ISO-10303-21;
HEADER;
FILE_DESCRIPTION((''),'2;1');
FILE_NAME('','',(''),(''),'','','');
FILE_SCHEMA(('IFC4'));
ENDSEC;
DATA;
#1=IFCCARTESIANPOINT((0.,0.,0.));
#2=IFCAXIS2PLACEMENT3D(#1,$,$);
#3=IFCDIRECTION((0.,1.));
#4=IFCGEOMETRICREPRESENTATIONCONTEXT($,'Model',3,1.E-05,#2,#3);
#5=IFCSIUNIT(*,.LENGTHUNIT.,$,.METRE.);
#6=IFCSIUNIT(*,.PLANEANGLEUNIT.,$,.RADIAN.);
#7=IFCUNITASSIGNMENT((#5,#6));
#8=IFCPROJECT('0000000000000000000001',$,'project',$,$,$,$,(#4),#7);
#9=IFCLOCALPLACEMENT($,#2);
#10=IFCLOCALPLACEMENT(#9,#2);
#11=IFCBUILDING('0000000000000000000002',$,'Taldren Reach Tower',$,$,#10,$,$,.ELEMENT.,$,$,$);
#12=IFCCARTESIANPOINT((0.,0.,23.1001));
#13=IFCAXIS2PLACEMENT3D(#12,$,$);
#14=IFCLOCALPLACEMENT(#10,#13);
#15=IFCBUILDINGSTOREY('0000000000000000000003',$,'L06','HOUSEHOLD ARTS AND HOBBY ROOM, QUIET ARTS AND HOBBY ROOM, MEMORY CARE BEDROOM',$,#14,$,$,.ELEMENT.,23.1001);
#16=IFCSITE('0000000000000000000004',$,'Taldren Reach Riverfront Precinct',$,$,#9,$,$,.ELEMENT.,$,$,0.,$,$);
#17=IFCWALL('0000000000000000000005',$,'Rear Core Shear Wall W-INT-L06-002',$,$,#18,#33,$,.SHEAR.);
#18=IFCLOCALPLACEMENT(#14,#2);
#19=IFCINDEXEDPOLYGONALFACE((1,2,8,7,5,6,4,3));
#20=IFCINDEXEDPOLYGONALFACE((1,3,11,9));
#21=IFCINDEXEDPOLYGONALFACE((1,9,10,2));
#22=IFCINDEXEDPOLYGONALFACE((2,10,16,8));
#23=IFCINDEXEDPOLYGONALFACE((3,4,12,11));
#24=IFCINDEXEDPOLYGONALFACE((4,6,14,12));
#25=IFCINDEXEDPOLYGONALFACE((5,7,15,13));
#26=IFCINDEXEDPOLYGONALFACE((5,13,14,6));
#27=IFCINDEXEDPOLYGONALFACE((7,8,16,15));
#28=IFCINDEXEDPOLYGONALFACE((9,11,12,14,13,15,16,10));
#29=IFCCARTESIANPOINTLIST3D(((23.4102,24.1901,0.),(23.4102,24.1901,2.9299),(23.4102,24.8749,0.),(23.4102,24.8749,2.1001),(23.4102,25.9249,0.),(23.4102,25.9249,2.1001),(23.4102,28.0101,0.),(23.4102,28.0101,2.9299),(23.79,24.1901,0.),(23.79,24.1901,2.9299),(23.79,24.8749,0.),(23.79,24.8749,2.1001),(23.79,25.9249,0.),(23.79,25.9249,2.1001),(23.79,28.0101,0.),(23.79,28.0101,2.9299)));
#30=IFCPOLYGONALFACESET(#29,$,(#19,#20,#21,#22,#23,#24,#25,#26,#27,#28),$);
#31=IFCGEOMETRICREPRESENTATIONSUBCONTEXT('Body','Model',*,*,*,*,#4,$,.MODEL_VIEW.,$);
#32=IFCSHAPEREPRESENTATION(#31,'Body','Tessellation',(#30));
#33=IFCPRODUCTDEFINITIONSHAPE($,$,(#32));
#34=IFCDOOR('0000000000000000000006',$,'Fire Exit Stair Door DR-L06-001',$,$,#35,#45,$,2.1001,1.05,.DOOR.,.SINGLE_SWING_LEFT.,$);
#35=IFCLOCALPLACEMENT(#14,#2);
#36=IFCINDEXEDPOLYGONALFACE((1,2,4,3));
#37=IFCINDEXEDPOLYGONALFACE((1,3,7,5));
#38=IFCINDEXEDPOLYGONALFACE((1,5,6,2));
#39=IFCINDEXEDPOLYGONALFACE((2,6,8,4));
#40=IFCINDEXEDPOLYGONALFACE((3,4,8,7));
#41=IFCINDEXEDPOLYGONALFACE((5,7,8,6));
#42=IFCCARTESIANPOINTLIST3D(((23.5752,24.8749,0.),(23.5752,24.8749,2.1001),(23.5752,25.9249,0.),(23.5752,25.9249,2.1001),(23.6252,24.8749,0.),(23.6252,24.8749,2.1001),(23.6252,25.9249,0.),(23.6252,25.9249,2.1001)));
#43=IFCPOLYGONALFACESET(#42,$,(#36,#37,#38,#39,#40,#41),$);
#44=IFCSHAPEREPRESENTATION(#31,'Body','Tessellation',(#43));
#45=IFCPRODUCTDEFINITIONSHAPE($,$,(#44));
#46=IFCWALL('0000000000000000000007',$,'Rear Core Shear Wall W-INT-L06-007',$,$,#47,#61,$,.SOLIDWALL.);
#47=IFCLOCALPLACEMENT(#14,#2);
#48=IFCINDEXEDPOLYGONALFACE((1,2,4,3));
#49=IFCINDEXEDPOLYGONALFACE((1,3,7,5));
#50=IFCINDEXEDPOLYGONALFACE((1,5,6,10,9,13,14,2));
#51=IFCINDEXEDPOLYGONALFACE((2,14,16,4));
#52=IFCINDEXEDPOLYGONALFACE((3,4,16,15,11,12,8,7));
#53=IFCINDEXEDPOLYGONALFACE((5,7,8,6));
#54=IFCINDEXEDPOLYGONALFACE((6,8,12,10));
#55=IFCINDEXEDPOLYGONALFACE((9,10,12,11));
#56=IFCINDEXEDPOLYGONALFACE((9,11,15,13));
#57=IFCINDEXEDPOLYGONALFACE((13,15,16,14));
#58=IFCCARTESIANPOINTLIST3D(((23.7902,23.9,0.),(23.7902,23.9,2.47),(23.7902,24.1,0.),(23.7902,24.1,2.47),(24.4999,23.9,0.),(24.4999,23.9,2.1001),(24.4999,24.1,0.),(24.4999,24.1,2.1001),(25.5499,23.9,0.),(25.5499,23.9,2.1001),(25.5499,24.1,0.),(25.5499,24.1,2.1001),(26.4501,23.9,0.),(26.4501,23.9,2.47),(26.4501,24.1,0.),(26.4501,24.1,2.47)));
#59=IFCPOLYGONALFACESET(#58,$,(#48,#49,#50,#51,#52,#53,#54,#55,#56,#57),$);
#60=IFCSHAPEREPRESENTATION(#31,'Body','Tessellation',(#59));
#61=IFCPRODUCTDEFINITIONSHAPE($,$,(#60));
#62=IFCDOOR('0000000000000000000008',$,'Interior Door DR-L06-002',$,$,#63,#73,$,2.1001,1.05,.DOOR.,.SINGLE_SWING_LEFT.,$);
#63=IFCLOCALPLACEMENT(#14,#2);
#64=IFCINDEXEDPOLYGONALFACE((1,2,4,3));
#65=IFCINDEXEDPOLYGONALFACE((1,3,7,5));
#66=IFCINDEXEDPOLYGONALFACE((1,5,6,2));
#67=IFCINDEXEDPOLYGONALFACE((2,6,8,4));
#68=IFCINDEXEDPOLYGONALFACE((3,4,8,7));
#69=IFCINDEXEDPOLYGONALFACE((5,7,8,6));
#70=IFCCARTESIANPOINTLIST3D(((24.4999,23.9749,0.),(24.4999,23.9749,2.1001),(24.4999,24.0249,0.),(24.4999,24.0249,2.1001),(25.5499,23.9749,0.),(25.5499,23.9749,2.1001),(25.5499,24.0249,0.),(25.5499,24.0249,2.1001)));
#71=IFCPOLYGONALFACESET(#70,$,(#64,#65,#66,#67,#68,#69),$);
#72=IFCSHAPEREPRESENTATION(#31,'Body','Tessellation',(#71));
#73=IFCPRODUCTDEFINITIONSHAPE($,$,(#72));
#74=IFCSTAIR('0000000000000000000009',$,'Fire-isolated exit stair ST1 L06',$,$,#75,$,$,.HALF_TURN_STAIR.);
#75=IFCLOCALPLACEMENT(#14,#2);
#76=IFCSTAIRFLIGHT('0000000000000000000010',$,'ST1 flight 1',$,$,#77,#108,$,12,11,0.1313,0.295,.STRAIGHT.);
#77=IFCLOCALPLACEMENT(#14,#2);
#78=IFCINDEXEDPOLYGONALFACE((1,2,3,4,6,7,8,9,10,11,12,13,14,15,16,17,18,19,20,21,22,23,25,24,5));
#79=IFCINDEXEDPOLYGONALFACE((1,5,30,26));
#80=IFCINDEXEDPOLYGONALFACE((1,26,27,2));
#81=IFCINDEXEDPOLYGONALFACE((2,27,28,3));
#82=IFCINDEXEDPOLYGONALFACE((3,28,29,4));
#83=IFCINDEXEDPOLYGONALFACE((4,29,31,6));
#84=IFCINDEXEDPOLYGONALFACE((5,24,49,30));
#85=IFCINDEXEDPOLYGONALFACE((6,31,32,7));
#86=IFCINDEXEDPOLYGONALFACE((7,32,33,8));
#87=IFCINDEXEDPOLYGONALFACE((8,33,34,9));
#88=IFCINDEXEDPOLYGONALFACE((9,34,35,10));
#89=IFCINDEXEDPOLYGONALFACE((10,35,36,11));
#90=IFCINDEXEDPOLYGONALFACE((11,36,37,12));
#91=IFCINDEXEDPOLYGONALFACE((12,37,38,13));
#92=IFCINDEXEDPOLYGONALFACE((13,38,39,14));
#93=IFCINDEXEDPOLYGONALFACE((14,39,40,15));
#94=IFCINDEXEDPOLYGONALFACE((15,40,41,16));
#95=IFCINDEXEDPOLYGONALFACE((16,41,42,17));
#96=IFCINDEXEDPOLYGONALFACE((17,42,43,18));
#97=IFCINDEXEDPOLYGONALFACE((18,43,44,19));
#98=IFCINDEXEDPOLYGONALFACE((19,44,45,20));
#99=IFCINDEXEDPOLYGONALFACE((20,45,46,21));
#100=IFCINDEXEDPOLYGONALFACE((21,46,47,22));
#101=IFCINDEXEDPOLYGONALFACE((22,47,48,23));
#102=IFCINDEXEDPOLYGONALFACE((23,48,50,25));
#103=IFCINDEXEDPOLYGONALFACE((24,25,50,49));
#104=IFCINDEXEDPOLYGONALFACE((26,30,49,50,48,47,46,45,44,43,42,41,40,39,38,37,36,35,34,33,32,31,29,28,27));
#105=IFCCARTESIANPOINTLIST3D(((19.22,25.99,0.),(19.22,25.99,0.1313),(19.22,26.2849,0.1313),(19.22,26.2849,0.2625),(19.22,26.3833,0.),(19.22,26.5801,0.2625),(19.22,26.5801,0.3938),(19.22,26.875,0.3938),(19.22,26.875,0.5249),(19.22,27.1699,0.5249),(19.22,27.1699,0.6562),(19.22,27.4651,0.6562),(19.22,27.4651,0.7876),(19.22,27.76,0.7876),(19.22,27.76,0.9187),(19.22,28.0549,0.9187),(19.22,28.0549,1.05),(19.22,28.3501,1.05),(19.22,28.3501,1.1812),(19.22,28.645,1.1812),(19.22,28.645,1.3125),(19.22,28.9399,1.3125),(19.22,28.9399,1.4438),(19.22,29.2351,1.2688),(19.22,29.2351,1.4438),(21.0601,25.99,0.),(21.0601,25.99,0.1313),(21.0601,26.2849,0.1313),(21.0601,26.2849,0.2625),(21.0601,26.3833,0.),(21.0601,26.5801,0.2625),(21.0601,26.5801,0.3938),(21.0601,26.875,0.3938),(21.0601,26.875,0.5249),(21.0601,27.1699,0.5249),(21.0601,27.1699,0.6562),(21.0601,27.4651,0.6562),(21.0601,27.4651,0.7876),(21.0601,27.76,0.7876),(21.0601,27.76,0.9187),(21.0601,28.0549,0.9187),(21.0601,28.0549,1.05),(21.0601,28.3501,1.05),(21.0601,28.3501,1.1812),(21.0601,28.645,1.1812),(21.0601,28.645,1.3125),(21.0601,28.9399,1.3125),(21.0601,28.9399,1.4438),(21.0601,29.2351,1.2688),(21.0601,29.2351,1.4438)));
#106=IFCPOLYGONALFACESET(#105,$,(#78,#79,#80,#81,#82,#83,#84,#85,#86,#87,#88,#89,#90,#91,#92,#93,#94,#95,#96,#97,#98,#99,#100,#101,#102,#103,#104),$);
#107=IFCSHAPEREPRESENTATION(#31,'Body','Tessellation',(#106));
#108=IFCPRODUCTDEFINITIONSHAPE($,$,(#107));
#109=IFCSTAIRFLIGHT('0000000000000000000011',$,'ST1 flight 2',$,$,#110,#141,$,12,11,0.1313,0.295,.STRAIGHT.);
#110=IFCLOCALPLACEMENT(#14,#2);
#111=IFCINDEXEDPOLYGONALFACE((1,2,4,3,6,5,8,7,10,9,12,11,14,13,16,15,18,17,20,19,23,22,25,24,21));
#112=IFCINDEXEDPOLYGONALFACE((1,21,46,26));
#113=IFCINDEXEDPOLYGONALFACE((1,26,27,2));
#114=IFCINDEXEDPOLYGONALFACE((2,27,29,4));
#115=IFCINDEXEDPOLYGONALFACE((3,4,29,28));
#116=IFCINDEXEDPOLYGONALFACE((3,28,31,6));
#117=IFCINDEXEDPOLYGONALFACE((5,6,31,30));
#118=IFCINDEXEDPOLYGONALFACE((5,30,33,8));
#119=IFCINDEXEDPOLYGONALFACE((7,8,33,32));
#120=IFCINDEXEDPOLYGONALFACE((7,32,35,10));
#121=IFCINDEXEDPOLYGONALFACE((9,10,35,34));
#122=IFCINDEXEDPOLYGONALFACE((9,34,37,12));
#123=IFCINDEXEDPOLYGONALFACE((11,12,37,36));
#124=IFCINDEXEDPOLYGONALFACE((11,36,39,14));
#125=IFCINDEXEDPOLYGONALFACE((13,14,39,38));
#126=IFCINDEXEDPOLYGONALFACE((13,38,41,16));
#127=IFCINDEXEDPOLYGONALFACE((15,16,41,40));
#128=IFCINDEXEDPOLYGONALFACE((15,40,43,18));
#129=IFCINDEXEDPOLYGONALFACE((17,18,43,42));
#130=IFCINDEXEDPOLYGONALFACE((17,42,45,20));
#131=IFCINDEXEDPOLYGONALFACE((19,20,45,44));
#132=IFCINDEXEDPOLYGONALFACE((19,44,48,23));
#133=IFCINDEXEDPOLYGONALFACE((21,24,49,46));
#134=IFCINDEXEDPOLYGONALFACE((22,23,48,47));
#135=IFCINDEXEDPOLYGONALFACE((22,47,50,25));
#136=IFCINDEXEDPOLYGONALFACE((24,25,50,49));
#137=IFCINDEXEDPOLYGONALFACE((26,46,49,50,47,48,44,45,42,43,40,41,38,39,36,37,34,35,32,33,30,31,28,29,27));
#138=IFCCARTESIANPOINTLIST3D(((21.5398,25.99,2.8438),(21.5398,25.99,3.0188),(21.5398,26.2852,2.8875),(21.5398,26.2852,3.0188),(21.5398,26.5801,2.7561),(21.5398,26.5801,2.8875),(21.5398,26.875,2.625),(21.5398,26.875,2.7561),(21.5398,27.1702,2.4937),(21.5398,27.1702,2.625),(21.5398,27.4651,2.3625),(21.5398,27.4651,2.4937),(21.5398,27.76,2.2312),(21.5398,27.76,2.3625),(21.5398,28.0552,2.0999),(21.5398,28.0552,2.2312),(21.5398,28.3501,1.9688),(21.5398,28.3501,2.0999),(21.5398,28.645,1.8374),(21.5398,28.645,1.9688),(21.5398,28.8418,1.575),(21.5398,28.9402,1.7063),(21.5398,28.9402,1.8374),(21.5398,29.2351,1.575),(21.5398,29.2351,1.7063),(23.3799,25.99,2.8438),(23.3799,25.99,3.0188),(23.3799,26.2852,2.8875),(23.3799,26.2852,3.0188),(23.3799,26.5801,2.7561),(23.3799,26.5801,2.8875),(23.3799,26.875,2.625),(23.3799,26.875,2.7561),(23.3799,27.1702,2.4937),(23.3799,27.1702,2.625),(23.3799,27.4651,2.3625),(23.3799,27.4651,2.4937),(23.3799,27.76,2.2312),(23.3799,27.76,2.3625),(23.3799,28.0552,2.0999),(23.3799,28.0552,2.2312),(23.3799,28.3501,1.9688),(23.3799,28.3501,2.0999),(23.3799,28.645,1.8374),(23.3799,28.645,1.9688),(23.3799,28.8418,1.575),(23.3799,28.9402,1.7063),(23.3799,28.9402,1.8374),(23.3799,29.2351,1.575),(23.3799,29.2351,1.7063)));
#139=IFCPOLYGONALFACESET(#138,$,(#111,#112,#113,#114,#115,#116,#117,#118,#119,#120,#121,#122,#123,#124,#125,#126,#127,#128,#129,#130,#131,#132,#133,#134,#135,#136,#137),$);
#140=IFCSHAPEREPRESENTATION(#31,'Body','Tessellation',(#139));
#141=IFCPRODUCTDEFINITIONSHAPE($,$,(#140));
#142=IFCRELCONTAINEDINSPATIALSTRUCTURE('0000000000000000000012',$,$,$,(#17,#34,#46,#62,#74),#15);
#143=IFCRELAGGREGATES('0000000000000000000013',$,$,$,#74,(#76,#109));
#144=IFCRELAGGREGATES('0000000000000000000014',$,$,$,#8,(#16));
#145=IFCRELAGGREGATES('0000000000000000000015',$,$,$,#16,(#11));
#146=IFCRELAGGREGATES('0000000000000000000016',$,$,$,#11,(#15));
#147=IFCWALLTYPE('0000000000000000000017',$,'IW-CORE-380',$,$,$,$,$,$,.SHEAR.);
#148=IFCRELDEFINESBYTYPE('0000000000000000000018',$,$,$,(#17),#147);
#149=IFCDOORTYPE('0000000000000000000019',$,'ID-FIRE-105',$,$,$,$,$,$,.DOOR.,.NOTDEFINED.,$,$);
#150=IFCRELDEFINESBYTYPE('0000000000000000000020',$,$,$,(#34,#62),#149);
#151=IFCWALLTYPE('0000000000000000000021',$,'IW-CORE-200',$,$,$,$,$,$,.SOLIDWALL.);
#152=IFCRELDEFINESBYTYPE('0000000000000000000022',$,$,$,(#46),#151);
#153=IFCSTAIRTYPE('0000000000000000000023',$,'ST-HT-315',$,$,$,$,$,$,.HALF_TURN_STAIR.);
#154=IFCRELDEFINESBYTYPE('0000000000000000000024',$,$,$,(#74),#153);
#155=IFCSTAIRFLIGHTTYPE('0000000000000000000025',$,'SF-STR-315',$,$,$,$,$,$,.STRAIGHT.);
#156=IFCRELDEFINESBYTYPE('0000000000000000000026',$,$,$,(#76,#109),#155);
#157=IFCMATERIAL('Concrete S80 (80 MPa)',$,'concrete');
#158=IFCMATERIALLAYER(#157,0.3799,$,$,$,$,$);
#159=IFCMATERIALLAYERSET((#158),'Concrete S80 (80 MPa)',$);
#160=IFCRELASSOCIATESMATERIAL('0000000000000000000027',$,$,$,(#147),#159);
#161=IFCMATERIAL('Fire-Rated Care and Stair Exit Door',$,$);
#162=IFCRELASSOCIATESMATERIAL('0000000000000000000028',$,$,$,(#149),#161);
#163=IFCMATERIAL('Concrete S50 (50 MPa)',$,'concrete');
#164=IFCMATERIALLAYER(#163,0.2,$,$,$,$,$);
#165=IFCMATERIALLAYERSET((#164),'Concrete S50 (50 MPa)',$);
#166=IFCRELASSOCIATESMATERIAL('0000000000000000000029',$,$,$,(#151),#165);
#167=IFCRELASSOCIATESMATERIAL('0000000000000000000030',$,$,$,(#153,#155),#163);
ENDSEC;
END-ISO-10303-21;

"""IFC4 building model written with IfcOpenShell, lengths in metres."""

from ifc_helpers import new_model, si_unit, direction, frame, frame_2d, origin, place, context, subcontext, project, spatial, polyline, rectangle, outline, extrude, source, transform, mapped, material, layer, layer_set, type_object, element, fill, aggregate, save


model = new_model("IFC4")

# Units and contexts
model_context = context("Model", 3, precision=1e-05, world=origin(), true_north=direction((0.0, 1.0)))
body_context = subcontext(model_context, "Body", "Model", "MODEL_VIEW")
ifc_project = project(units=[si_unit("LENGTHUNIT", "METRE"), si_unit("PLANEANGLEUNIT", "RADIAN")], contexts=[model_context])

# Site, building, storey
site_placement = place(None, origin())
site = spatial("IfcSite", under=ifc_project, at=site_placement, Name="Taldren Reach Riverfront Precinct", CompositionType="ELEMENT", RefElevation=0.0)
building_placement = place(site_placement, origin())
building = spatial("IfcBuilding", under=site, at=building_placement, Name="Taldren Reach Tower", CompositionType="ELEMENT")
storey_placement = place(building_placement, frame((0.0, 0.0, 23.1001)))
storey = spatial("IfcBuildingStorey", under=building, at=storey_placement, Name="L06", Description="HOUSEHOLD ARTS AND HOBBY ROOM, QUIET ARTS AND HOBBY ROOM, MEMORY CARE BEDROOM", CompositionType="ELEMENT", Elevation=23.1001)

# Shared definitions
ifc_material_1 = material(Name="Concrete S80 (80 MPa)", Category="concrete")
ifc_layer_1 = layer(ifc_material_1, 0.3799)
ifc_layer_set_1 = layer_set([ifc_layer_1], Name="Concrete S80 (80 MPa)")
wall_type_1 = type_object("IfcWallType", Name="IW-CORE-380", PredefinedType="SHEAR", material=ifc_layer_set_1)

# Walls, openings, doors
shared_shape_1 = source(origin(), body_context, "Body", "SweptSolid", [
    extrude(rectangle(XDim=3.8201, YDim=0.3799, at=frame_2d((1.9102, 0.0))), origin(), (0.0, 0.0, 1.0), 2.9299),
])
wall_1_placement = place(storey_placement, frame((23.6001, 24.1899, 0.0), z_axis=(0.0, 0.0, 1.0), x_axis=(0.0, 1.0, 0.0)))
wall_1 = element("IfcWall", 1, at=wall_1_placement, inside=storey, type_object=wall_type_1, Name="Rear Core Shear Wall W-INT-L06-002", PredefinedType="SHEAR", context=body_context, shape_type="MappedRepresentation", body=[
    mapped(shared_shape_1, transform((0.0, 0.0, 0.0), scale=1.0)),
])
shared_shape_2 = source(origin(), body_context, "Body", "SweptSolid", [
    extrude(rectangle(XDim=1.05, YDim=2.1001, at=frame_2d((0.5249, 1.05))), frame((0.0, 0.2, 0.0), z_axis=(0.0, -1.0, 0.0), x_axis=(1.0, 0.0, 0.0)), (0.0, 0.0, 1.0), 0.3999),
])
opening_1_placement = place(wall_1_placement, frame((0.6851, 0.0, 0.0)))
opening_1 = element("IfcOpeningElement", 2, at=opening_1_placement, cuts=wall_1, PredefinedType="OPENING", context=body_context, shape_type="MappedRepresentation", body=[
    mapped(shared_shape_2, transform((0.0, 0.0, 0.0), scale=1.0)),
])
ifc_material_2 = material(Name="Fire-Rated Care and Stair Exit Door")
door_type_1 = type_object("IfcDoorType", Name="ID-FIRE-105", OperationType="NOTDEFINED", PredefinedType="DOOR", material=ifc_material_2)
shared_shape_3 = source(origin(), body_context, "Body", "SweptSolid", [
    extrude(rectangle(XDim=1.05, YDim=2.1001, at=frame_2d((0.5249, 1.05))), frame((0.0, 0.0249, 0.0), z_axis=(0.0, -1.0, 0.0), x_axis=(1.0, 0.0, 0.0)), (0.0, 0.0, 1.0), 0.05),
])
door_1_placement = place(opening_1_placement, origin())
door_1 = element("IfcDoor", 3, at=door_1_placement, inside=storey, type_object=door_type_1, Name="Fire Exit Stair Door DR-L06-001", OperationType="SINGLE_SWING_LEFT", OverallHeight=2.1001, OverallWidth=1.05, PredefinedType="DOOR", context=body_context, shape_type="MappedRepresentation", body=[
    mapped(shared_shape_3, transform((0.0, 0.0, 0.0), scale=1.0)),
])
fill(opening_1, door_1)
ifc_material_3 = material(Name="Concrete S50 (50 MPa)", Category="concrete")
ifc_layer_2 = layer(ifc_material_3, 0.2)
ifc_layer_set_2 = layer_set([ifc_layer_2], Name="Concrete S50 (50 MPa)")
wall_type_2 = type_object("IfcWallType", Name="IW-CORE-200", PredefinedType="SOLIDWALL", material=ifc_layer_set_2)
shared_shape_4 = source(origin(), body_context, "Body", "SweptSolid", [
    extrude(rectangle(XDim=2.6599, YDim=0.2, at=frame_2d((1.3301, 0.0))), origin(), (0.0, 0.0, 1.0), 2.47),
])
wall_2_placement = place(storey_placement, frame((23.79, 24.0, 0.0), z_axis=(0.0, 0.0, 1.0), x_axis=(1.0, 0.0, 0.0)))
wall_2 = element("IfcWall", 4, at=wall_2_placement, inside=storey, type_object=wall_type_2, Name="Rear Core Shear Wall W-INT-L06-007", PredefinedType="SOLIDWALL", context=body_context, shape_type="MappedRepresentation", body=[
    mapped(shared_shape_4, transform((0.0, 0.0, 0.0), scale=1.0)),
])
shared_shape_5 = source(origin(), body_context, "Body", "SweptSolid", [
    extrude(rectangle(XDim=1.05, YDim=2.1001, at=frame_2d((0.5249, 1.05))), frame((0.0, 0.1099, 0.0), z_axis=(0.0, -1.0, 0.0), x_axis=(1.0, 0.0, 0.0)), (0.0, 0.0, 1.0), 0.22),
])
opening_2_placement = place(wall_2_placement, frame((0.71, 0.0, 0.0)))
opening_2 = element("IfcOpeningElement", 5, at=opening_2_placement, cuts=wall_2, PredefinedType="OPENING", context=body_context, shape_type="MappedRepresentation", body=[
    mapped(shared_shape_5, transform((0.0, 0.0, 0.0), scale=1.0)),
])
door_2_placement = place(opening_2_placement, origin())
door_2 = element("IfcDoor", 6, at=door_2_placement, inside=storey, type_object=door_type_1, Name="Interior Door DR-L06-002", OperationType="SINGLE_SWING_LEFT", OverallHeight=2.1001, OverallWidth=1.05, PredefinedType="DOOR", context=body_context, shape_type="MappedRepresentation", body=[
    mapped(shared_shape_3, transform((0.0, 0.0, 0.0), scale=1.0)),
])
fill(opening_2, door_2)

# Stair, stair flights
stair_type = type_object("IfcStairType", Name="ST-HT-315", PredefinedType="HALF_TURN_STAIR", material=ifc_material_3)
stair_placement = place(storey_placement, origin())
stair = element("IfcStair", 7, at=stair_placement, inside=storey, type_object=stair_type, Name="Fire-isolated exit stair ST1 L06", PredefinedType="HALF_TURN_STAIR")
stair_flight_type = type_object("IfcStairFlightType", Name="SF-STR-315", PredefinedType="STRAIGHT", material=ifc_material_3)
stair_flight_1_placement = place(storey_placement, frame((20.1399, 25.99, 0.0), z_axis=(0.0, 0.0, 1.0), x_axis=(0.0, 1.0, 0.0)))
stair_flight_1 = element("IfcStairFlight", 8, at=stair_flight_1_placement, type_object=stair_flight_type, Name="ST1 flight 1", NumberOfRisers=12, NumberOfTreads=11, PredefinedType="STRAIGHT", RiserHeight=0.1313, TreadLength=0.295, context=body_context, shape_type="SweptSolid", body=[
    extrude(outline(polyline([(0.0, 0.0), (0.0, 0.1313), (0.2949, 0.1313), (0.2949, 0.2625), (0.5901, 0.2625), (0.5901, 0.3938), (0.885, 0.3938), (0.885, 0.5249), (1.1799, 0.5249), (1.1799, 0.6562), (1.4751, 0.6562), (1.4751, 0.7876), (1.77, 0.7876), (1.77, 0.9187), (2.0649, 0.9187), (2.0649, 1.05), (2.3601, 1.05), (2.3601, 1.1812), (2.655, 1.1812), (2.655, 1.3125), (2.95, 1.3125), (2.95, 1.4438), (3.2451, 1.4438), (3.2451, 1.575), (3.2451, 1.2688), (0.3933, 0.0), (0.0, 0.0)])), frame((0.0, 0.9199, 0.0), z_axis=(0.0, -1.0, 0.0), x_axis=(1.0, 0.0, 0.0)), (0.0, 0.0, 1.0), 1.8401),
])
stair_flight_2_placement = place(storey_placement, frame((22.46, 29.2351, 1.575), z_axis=(0.0, 0.0, 1.0), x_axis=(0.0, -1.0, 0.0)))
stair_flight_2 = element("IfcStairFlight", 9, at=stair_flight_2_placement, type_object=stair_flight_type, Name="ST1 flight 2", NumberOfRisers=12, NumberOfTreads=11, PredefinedType="STRAIGHT", RiserHeight=0.1313, TreadLength=0.295, context=body_context, shape_type="SweptSolid", body=[
    extrude(outline(polyline([(0.0, 0.0), (0.0, 0.1313), (0.2949, 0.1313), (0.2949, 0.2625), (0.5901, 0.2625), (0.5901, 0.3938), (0.885, 0.3938), (0.885, 0.5249), (1.1799, 0.5249), (1.1799, 0.6562), (1.4751, 0.6562), (1.4751, 0.7876), (1.77, 0.7876), (1.77, 0.9187), (2.0649, 0.9187), (2.0649, 1.05), (2.3601, 1.05), (2.3601, 1.1812), (2.655, 1.1812), (2.655, 1.3125), (2.95, 1.3125), (2.95, 1.4438), (3.2451, 1.4438), (3.2451, 1.575), (3.2451, 1.2688), (0.3933, 0.0), (0.0, 0.0)])), frame((0.0, 0.9199, 0.0), z_axis=(0.0, -1.0, 0.0), x_axis=(1.0, 0.0, 0.0)), (0.0, 0.0, 1.0), 1.8401),
])
aggregate(stair, [stair_flight_1, stair_flight_2])

save(model, "model.ifc")
